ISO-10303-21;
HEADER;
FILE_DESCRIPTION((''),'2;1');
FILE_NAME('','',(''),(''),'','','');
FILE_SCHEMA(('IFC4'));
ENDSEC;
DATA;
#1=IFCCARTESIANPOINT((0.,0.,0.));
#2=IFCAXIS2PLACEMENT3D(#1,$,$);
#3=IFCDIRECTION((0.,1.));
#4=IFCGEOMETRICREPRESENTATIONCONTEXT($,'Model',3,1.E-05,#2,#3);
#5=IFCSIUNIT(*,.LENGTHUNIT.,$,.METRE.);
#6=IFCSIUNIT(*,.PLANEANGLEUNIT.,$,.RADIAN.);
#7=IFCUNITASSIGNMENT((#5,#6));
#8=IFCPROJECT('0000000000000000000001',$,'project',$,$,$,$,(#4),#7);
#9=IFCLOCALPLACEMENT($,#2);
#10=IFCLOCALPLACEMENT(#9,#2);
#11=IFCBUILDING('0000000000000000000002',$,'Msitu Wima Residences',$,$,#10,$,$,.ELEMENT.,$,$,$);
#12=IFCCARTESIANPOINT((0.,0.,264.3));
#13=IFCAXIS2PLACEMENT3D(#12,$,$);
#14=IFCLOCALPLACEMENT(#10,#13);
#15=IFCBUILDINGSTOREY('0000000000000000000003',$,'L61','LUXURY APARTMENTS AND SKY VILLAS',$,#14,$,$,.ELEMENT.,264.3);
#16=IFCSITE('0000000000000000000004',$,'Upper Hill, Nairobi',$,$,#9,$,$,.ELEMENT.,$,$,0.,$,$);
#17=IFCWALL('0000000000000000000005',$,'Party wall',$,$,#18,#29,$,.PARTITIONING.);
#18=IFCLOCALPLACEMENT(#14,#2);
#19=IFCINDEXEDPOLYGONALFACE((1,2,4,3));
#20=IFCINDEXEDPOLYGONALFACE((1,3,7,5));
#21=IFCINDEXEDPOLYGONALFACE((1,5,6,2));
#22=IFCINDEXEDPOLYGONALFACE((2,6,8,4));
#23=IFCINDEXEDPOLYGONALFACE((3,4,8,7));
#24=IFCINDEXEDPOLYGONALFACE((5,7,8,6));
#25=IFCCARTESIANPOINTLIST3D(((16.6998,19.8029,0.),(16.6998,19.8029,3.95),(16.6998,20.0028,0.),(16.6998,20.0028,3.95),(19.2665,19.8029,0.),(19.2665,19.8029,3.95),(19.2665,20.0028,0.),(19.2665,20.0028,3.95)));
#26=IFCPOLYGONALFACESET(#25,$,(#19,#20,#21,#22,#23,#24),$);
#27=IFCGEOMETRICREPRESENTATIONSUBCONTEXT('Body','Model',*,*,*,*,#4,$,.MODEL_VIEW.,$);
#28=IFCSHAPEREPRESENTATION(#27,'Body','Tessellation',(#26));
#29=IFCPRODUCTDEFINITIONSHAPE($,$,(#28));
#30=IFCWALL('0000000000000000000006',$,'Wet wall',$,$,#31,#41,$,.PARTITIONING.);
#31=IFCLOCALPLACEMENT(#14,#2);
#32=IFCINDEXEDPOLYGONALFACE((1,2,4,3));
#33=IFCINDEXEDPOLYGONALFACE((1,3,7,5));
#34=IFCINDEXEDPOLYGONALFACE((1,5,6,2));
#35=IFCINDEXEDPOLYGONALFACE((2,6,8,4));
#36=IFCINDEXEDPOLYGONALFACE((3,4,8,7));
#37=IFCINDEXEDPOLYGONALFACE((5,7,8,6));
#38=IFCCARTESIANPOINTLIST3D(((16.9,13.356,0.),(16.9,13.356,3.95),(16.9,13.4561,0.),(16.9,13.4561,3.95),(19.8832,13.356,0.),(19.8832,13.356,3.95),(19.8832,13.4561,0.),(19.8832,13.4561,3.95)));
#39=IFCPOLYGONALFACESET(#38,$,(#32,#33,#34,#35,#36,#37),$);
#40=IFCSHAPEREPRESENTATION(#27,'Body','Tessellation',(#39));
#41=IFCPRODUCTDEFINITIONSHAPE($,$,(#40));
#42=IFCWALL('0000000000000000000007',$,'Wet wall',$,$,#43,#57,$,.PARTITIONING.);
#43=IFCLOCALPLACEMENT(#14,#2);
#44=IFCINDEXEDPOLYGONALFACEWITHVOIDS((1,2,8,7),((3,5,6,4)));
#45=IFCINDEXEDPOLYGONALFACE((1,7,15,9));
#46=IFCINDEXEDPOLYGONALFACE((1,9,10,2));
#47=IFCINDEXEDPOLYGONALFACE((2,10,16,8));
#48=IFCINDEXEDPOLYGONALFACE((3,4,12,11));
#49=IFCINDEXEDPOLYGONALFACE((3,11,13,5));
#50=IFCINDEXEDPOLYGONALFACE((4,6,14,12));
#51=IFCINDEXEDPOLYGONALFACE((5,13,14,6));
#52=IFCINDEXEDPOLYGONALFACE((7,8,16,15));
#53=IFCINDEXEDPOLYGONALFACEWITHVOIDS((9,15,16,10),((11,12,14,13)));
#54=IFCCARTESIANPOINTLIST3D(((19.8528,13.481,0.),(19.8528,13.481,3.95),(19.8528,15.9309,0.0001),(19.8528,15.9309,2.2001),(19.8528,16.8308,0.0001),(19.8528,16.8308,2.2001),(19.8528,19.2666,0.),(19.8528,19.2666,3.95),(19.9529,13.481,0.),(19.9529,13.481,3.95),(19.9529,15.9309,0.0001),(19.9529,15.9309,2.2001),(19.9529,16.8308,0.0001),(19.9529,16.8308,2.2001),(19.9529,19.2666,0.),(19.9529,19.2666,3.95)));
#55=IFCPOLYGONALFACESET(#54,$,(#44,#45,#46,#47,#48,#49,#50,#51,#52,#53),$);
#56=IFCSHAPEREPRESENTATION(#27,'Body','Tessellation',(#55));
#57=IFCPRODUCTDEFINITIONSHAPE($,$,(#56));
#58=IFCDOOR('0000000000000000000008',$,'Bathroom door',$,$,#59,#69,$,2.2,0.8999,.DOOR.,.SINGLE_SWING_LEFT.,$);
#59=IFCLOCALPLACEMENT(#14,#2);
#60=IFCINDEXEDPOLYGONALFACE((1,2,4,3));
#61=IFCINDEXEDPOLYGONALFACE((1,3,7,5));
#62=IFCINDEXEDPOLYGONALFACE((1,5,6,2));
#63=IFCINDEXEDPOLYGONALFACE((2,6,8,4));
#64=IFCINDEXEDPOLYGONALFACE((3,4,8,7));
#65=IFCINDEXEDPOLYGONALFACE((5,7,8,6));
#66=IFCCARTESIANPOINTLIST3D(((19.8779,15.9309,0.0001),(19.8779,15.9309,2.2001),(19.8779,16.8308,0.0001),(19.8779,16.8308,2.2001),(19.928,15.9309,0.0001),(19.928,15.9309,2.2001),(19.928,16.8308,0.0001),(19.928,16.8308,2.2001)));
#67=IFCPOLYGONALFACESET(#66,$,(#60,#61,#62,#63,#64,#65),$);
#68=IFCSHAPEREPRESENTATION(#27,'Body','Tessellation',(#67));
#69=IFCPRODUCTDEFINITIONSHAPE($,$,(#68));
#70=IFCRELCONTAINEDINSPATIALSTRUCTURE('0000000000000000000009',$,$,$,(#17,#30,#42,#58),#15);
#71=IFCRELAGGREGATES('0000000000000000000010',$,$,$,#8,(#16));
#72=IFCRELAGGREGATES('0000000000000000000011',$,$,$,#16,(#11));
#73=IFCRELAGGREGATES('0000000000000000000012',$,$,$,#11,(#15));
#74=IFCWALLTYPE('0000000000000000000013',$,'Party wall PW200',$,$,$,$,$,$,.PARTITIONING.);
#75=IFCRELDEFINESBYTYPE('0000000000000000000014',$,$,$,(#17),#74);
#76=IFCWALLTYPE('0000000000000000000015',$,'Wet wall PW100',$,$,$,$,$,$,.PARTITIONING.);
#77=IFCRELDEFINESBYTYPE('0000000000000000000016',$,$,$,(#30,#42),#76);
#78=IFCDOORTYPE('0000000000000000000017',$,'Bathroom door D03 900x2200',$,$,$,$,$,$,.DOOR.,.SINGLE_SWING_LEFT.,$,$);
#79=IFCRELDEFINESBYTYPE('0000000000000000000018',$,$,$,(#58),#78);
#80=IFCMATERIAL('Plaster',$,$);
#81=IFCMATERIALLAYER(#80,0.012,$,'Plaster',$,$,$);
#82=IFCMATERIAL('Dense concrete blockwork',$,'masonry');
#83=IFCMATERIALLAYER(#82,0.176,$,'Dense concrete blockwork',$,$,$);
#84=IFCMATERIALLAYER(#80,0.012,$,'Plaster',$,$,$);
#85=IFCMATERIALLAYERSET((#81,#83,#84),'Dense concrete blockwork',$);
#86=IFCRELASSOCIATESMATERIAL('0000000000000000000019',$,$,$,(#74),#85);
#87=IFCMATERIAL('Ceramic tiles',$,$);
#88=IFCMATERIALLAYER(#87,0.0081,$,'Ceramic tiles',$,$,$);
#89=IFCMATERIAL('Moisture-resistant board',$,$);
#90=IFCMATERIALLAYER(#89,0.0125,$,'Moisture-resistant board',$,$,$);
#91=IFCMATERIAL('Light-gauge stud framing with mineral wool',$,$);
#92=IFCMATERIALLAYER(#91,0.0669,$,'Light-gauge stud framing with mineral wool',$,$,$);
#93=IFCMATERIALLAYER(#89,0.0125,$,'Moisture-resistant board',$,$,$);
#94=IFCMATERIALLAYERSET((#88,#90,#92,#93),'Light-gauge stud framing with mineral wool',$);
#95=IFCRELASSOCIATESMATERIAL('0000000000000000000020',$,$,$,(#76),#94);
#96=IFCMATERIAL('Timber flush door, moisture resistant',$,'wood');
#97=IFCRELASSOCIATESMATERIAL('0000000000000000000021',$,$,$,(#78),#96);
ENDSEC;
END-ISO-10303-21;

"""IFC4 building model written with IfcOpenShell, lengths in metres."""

from ifc_helpers import new_model, si_unit, direction, frame, frame_2d, origin, place, context, subcontext, project, spatial, rectangle, extrude, material, layer, layer_set, type_object, element, fill, save


model = new_model("IFC4")

# Units and contexts
model_context = context("Model", 3, precision=1e-05, world=origin(), true_north=direction((0.0, 1.0)))
body_context = subcontext(model_context, "Body", "Model", "MODEL_VIEW")
ifc_project = project(units=[si_unit("LENGTHUNIT", "METRE"), si_unit("PLANEANGLEUNIT", "RADIAN")], contexts=[model_context])

# Site, building, storey
site_placement = place(None, origin())
site = spatial("IfcSite", under=ifc_project, at=site_placement, Name="Upper Hill, Nairobi", CompositionType="ELEMENT", RefElevation=0.0)
building_placement = place(site_placement, origin())
building = spatial("IfcBuilding", under=site, at=building_placement, Name="Msitu Wima Residences", CompositionType="ELEMENT")
storey_placement = place(building_placement, frame((0.0, 0.0, 264.3)))
storey = spatial("IfcBuildingStorey", under=building, at=storey_placement, Name="L61", Description="LUXURY APARTMENTS AND SKY VILLAS", CompositionType="ELEMENT", Elevation=264.3)

# Shared definitions
ifc_material_1 = material(Name="Plaster")

# Walls
ifc_layer_1 = layer(ifc_material_1, 0.012, Name="Plaster")
ifc_material_2 = material(Name="Dense concrete blockwork", Category="masonry")
ifc_layer_2 = layer(ifc_material_2, 0.176, Name="Dense concrete blockwork")
ifc_layer_3 = layer(ifc_material_1, 0.012, Name="Plaster")
ifc_layer_set_1 = layer_set([ifc_layer_1, ifc_layer_2, ifc_layer_3], Name="Dense concrete blockwork")
wall_type_1 = type_object("IfcWallType", Name="Party wall PW200", PredefinedType="PARTITIONING", material=ifc_layer_set_1)
wall_1_placement = place(storey_placement, frame((16.7, 19.9028, 0.0), z_axis=(0.0, 0.0, 1.0), x_axis=(1.0, 0.0, 0.0)))
element("IfcWall", 1, at=wall_1_placement, inside=storey, type_object=wall_type_1, Name="Party wall", PredefinedType="PARTITIONING", context=body_context, shape_type="SweptSolid", body=[
    extrude(rectangle(XDim=2.5667, YDim=0.2, at=frame_2d((1.2832, 0.0))), origin(), (0.0, 0.0, 1.0), 3.95),
])
ifc_material_3 = material(Name="Ceramic tiles")
ifc_layer_4 = layer(ifc_material_3, 0.0081, Name="Ceramic tiles")
ifc_material_4 = material(Name="Moisture-resistant board")
ifc_layer_5 = layer(ifc_material_4, 0.0125, Name="Moisture-resistant board")
ifc_material_5 = material(Name="Light-gauge stud framing with mineral wool")
ifc_layer_6 = layer(ifc_material_5, 0.0669, Name="Light-gauge stud framing with mineral wool")
ifc_layer_7 = layer(ifc_material_4, 0.0125, Name="Moisture-resistant board")
ifc_layer_set_2 = layer_set([ifc_layer_4, ifc_layer_5, ifc_layer_6, ifc_layer_7], Name="Light-gauge stud framing with mineral wool")
wall_type_2 = type_object("IfcWallType", Name="Wet wall PW100", PredefinedType="PARTITIONING", material=ifc_layer_set_2)
wall_2_placement = place(storey_placement, frame((16.8999, 13.406, 0.0), z_axis=(0.0, 0.0, 1.0), x_axis=(1.0, 0.0, 0.0)))
element("IfcWall", 2, at=wall_2_placement, inside=storey, type_object=wall_type_2, Name="Wet wall", PredefinedType="PARTITIONING", context=body_context, shape_type="SweptSolid", body=[
    extrude(rectangle(XDim=2.9832, YDim=0.1001, at=frame_2d((1.4917, 0.0))), origin(), (0.0, 0.0, 1.0), 3.95),
])

# Wall, opening, door
wall_3_placement = place(storey_placement, frame((19.9028, 13.481, 0.0), z_axis=(0.0, 0.0, 1.0), x_axis=(0.0, 1.0, 0.0)))
wall_3 = element("IfcWall", 3, at=wall_3_placement, inside=storey, type_object=wall_type_2, Name="Wet wall", PredefinedType="PARTITIONING", context=body_context, shape_type="SweptSolid", body=[
    extrude(rectangle(XDim=5.7856, YDim=0.1001, at=frame_2d((2.8928, 0.0))), origin(), (0.0, 0.0, 1.0), 3.95),
])
opening_1_placement = place(wall_3_placement, frame((2.45, 0.0, 0.0)))
opening_1 = element("IfcOpeningElement", 4, at=opening_1_placement, cuts=wall_3, PredefinedType="OPENING", context=body_context, shape_type="SweptSolid", body=[
    extrude(rectangle(XDim=0.8999, YDim=2.2, at=frame_2d((0.45, 1.1001))), frame((0.0, 0.0601, 0.0), z_axis=(0.0, -1.0, 0.0), x_axis=(1.0, 0.0, 0.0)), (0.0, 0.0, 1.0), 0.1201),
])
ifc_material_6 = material(Name="Timber flush door, moisture resistant", Category="wood")
door_type_1 = type_object("IfcDoorType", Name="Bathroom door D03 900x2200", OperationType="SINGLE_SWING_LEFT", PredefinedType="DOOR", material=ifc_material_6)
door_1_placement = place(opening_1_placement, origin())
door_1 = element("IfcDoor", 5, at=door_1_placement, inside=storey, type_object=door_type_1, Name="Bathroom door", OperationType="SINGLE_SWING_LEFT", OverallHeight=2.2, OverallWidth=0.8999, PredefinedType="DOOR", context=body_context, shape_type="SweptSolid", body=[
    extrude(rectangle(XDim=0.8999, YDim=2.2, at=frame_2d((0.45, 1.1001))), frame((0.0, 0.0249, 0.0), z_axis=(0.0, -1.0, 0.0), x_axis=(1.0, 0.0, 0.0)), (0.0, 0.0, 1.0), 0.05),
])
fill(opening_1, door_1)

save(model, "model.ifc")
